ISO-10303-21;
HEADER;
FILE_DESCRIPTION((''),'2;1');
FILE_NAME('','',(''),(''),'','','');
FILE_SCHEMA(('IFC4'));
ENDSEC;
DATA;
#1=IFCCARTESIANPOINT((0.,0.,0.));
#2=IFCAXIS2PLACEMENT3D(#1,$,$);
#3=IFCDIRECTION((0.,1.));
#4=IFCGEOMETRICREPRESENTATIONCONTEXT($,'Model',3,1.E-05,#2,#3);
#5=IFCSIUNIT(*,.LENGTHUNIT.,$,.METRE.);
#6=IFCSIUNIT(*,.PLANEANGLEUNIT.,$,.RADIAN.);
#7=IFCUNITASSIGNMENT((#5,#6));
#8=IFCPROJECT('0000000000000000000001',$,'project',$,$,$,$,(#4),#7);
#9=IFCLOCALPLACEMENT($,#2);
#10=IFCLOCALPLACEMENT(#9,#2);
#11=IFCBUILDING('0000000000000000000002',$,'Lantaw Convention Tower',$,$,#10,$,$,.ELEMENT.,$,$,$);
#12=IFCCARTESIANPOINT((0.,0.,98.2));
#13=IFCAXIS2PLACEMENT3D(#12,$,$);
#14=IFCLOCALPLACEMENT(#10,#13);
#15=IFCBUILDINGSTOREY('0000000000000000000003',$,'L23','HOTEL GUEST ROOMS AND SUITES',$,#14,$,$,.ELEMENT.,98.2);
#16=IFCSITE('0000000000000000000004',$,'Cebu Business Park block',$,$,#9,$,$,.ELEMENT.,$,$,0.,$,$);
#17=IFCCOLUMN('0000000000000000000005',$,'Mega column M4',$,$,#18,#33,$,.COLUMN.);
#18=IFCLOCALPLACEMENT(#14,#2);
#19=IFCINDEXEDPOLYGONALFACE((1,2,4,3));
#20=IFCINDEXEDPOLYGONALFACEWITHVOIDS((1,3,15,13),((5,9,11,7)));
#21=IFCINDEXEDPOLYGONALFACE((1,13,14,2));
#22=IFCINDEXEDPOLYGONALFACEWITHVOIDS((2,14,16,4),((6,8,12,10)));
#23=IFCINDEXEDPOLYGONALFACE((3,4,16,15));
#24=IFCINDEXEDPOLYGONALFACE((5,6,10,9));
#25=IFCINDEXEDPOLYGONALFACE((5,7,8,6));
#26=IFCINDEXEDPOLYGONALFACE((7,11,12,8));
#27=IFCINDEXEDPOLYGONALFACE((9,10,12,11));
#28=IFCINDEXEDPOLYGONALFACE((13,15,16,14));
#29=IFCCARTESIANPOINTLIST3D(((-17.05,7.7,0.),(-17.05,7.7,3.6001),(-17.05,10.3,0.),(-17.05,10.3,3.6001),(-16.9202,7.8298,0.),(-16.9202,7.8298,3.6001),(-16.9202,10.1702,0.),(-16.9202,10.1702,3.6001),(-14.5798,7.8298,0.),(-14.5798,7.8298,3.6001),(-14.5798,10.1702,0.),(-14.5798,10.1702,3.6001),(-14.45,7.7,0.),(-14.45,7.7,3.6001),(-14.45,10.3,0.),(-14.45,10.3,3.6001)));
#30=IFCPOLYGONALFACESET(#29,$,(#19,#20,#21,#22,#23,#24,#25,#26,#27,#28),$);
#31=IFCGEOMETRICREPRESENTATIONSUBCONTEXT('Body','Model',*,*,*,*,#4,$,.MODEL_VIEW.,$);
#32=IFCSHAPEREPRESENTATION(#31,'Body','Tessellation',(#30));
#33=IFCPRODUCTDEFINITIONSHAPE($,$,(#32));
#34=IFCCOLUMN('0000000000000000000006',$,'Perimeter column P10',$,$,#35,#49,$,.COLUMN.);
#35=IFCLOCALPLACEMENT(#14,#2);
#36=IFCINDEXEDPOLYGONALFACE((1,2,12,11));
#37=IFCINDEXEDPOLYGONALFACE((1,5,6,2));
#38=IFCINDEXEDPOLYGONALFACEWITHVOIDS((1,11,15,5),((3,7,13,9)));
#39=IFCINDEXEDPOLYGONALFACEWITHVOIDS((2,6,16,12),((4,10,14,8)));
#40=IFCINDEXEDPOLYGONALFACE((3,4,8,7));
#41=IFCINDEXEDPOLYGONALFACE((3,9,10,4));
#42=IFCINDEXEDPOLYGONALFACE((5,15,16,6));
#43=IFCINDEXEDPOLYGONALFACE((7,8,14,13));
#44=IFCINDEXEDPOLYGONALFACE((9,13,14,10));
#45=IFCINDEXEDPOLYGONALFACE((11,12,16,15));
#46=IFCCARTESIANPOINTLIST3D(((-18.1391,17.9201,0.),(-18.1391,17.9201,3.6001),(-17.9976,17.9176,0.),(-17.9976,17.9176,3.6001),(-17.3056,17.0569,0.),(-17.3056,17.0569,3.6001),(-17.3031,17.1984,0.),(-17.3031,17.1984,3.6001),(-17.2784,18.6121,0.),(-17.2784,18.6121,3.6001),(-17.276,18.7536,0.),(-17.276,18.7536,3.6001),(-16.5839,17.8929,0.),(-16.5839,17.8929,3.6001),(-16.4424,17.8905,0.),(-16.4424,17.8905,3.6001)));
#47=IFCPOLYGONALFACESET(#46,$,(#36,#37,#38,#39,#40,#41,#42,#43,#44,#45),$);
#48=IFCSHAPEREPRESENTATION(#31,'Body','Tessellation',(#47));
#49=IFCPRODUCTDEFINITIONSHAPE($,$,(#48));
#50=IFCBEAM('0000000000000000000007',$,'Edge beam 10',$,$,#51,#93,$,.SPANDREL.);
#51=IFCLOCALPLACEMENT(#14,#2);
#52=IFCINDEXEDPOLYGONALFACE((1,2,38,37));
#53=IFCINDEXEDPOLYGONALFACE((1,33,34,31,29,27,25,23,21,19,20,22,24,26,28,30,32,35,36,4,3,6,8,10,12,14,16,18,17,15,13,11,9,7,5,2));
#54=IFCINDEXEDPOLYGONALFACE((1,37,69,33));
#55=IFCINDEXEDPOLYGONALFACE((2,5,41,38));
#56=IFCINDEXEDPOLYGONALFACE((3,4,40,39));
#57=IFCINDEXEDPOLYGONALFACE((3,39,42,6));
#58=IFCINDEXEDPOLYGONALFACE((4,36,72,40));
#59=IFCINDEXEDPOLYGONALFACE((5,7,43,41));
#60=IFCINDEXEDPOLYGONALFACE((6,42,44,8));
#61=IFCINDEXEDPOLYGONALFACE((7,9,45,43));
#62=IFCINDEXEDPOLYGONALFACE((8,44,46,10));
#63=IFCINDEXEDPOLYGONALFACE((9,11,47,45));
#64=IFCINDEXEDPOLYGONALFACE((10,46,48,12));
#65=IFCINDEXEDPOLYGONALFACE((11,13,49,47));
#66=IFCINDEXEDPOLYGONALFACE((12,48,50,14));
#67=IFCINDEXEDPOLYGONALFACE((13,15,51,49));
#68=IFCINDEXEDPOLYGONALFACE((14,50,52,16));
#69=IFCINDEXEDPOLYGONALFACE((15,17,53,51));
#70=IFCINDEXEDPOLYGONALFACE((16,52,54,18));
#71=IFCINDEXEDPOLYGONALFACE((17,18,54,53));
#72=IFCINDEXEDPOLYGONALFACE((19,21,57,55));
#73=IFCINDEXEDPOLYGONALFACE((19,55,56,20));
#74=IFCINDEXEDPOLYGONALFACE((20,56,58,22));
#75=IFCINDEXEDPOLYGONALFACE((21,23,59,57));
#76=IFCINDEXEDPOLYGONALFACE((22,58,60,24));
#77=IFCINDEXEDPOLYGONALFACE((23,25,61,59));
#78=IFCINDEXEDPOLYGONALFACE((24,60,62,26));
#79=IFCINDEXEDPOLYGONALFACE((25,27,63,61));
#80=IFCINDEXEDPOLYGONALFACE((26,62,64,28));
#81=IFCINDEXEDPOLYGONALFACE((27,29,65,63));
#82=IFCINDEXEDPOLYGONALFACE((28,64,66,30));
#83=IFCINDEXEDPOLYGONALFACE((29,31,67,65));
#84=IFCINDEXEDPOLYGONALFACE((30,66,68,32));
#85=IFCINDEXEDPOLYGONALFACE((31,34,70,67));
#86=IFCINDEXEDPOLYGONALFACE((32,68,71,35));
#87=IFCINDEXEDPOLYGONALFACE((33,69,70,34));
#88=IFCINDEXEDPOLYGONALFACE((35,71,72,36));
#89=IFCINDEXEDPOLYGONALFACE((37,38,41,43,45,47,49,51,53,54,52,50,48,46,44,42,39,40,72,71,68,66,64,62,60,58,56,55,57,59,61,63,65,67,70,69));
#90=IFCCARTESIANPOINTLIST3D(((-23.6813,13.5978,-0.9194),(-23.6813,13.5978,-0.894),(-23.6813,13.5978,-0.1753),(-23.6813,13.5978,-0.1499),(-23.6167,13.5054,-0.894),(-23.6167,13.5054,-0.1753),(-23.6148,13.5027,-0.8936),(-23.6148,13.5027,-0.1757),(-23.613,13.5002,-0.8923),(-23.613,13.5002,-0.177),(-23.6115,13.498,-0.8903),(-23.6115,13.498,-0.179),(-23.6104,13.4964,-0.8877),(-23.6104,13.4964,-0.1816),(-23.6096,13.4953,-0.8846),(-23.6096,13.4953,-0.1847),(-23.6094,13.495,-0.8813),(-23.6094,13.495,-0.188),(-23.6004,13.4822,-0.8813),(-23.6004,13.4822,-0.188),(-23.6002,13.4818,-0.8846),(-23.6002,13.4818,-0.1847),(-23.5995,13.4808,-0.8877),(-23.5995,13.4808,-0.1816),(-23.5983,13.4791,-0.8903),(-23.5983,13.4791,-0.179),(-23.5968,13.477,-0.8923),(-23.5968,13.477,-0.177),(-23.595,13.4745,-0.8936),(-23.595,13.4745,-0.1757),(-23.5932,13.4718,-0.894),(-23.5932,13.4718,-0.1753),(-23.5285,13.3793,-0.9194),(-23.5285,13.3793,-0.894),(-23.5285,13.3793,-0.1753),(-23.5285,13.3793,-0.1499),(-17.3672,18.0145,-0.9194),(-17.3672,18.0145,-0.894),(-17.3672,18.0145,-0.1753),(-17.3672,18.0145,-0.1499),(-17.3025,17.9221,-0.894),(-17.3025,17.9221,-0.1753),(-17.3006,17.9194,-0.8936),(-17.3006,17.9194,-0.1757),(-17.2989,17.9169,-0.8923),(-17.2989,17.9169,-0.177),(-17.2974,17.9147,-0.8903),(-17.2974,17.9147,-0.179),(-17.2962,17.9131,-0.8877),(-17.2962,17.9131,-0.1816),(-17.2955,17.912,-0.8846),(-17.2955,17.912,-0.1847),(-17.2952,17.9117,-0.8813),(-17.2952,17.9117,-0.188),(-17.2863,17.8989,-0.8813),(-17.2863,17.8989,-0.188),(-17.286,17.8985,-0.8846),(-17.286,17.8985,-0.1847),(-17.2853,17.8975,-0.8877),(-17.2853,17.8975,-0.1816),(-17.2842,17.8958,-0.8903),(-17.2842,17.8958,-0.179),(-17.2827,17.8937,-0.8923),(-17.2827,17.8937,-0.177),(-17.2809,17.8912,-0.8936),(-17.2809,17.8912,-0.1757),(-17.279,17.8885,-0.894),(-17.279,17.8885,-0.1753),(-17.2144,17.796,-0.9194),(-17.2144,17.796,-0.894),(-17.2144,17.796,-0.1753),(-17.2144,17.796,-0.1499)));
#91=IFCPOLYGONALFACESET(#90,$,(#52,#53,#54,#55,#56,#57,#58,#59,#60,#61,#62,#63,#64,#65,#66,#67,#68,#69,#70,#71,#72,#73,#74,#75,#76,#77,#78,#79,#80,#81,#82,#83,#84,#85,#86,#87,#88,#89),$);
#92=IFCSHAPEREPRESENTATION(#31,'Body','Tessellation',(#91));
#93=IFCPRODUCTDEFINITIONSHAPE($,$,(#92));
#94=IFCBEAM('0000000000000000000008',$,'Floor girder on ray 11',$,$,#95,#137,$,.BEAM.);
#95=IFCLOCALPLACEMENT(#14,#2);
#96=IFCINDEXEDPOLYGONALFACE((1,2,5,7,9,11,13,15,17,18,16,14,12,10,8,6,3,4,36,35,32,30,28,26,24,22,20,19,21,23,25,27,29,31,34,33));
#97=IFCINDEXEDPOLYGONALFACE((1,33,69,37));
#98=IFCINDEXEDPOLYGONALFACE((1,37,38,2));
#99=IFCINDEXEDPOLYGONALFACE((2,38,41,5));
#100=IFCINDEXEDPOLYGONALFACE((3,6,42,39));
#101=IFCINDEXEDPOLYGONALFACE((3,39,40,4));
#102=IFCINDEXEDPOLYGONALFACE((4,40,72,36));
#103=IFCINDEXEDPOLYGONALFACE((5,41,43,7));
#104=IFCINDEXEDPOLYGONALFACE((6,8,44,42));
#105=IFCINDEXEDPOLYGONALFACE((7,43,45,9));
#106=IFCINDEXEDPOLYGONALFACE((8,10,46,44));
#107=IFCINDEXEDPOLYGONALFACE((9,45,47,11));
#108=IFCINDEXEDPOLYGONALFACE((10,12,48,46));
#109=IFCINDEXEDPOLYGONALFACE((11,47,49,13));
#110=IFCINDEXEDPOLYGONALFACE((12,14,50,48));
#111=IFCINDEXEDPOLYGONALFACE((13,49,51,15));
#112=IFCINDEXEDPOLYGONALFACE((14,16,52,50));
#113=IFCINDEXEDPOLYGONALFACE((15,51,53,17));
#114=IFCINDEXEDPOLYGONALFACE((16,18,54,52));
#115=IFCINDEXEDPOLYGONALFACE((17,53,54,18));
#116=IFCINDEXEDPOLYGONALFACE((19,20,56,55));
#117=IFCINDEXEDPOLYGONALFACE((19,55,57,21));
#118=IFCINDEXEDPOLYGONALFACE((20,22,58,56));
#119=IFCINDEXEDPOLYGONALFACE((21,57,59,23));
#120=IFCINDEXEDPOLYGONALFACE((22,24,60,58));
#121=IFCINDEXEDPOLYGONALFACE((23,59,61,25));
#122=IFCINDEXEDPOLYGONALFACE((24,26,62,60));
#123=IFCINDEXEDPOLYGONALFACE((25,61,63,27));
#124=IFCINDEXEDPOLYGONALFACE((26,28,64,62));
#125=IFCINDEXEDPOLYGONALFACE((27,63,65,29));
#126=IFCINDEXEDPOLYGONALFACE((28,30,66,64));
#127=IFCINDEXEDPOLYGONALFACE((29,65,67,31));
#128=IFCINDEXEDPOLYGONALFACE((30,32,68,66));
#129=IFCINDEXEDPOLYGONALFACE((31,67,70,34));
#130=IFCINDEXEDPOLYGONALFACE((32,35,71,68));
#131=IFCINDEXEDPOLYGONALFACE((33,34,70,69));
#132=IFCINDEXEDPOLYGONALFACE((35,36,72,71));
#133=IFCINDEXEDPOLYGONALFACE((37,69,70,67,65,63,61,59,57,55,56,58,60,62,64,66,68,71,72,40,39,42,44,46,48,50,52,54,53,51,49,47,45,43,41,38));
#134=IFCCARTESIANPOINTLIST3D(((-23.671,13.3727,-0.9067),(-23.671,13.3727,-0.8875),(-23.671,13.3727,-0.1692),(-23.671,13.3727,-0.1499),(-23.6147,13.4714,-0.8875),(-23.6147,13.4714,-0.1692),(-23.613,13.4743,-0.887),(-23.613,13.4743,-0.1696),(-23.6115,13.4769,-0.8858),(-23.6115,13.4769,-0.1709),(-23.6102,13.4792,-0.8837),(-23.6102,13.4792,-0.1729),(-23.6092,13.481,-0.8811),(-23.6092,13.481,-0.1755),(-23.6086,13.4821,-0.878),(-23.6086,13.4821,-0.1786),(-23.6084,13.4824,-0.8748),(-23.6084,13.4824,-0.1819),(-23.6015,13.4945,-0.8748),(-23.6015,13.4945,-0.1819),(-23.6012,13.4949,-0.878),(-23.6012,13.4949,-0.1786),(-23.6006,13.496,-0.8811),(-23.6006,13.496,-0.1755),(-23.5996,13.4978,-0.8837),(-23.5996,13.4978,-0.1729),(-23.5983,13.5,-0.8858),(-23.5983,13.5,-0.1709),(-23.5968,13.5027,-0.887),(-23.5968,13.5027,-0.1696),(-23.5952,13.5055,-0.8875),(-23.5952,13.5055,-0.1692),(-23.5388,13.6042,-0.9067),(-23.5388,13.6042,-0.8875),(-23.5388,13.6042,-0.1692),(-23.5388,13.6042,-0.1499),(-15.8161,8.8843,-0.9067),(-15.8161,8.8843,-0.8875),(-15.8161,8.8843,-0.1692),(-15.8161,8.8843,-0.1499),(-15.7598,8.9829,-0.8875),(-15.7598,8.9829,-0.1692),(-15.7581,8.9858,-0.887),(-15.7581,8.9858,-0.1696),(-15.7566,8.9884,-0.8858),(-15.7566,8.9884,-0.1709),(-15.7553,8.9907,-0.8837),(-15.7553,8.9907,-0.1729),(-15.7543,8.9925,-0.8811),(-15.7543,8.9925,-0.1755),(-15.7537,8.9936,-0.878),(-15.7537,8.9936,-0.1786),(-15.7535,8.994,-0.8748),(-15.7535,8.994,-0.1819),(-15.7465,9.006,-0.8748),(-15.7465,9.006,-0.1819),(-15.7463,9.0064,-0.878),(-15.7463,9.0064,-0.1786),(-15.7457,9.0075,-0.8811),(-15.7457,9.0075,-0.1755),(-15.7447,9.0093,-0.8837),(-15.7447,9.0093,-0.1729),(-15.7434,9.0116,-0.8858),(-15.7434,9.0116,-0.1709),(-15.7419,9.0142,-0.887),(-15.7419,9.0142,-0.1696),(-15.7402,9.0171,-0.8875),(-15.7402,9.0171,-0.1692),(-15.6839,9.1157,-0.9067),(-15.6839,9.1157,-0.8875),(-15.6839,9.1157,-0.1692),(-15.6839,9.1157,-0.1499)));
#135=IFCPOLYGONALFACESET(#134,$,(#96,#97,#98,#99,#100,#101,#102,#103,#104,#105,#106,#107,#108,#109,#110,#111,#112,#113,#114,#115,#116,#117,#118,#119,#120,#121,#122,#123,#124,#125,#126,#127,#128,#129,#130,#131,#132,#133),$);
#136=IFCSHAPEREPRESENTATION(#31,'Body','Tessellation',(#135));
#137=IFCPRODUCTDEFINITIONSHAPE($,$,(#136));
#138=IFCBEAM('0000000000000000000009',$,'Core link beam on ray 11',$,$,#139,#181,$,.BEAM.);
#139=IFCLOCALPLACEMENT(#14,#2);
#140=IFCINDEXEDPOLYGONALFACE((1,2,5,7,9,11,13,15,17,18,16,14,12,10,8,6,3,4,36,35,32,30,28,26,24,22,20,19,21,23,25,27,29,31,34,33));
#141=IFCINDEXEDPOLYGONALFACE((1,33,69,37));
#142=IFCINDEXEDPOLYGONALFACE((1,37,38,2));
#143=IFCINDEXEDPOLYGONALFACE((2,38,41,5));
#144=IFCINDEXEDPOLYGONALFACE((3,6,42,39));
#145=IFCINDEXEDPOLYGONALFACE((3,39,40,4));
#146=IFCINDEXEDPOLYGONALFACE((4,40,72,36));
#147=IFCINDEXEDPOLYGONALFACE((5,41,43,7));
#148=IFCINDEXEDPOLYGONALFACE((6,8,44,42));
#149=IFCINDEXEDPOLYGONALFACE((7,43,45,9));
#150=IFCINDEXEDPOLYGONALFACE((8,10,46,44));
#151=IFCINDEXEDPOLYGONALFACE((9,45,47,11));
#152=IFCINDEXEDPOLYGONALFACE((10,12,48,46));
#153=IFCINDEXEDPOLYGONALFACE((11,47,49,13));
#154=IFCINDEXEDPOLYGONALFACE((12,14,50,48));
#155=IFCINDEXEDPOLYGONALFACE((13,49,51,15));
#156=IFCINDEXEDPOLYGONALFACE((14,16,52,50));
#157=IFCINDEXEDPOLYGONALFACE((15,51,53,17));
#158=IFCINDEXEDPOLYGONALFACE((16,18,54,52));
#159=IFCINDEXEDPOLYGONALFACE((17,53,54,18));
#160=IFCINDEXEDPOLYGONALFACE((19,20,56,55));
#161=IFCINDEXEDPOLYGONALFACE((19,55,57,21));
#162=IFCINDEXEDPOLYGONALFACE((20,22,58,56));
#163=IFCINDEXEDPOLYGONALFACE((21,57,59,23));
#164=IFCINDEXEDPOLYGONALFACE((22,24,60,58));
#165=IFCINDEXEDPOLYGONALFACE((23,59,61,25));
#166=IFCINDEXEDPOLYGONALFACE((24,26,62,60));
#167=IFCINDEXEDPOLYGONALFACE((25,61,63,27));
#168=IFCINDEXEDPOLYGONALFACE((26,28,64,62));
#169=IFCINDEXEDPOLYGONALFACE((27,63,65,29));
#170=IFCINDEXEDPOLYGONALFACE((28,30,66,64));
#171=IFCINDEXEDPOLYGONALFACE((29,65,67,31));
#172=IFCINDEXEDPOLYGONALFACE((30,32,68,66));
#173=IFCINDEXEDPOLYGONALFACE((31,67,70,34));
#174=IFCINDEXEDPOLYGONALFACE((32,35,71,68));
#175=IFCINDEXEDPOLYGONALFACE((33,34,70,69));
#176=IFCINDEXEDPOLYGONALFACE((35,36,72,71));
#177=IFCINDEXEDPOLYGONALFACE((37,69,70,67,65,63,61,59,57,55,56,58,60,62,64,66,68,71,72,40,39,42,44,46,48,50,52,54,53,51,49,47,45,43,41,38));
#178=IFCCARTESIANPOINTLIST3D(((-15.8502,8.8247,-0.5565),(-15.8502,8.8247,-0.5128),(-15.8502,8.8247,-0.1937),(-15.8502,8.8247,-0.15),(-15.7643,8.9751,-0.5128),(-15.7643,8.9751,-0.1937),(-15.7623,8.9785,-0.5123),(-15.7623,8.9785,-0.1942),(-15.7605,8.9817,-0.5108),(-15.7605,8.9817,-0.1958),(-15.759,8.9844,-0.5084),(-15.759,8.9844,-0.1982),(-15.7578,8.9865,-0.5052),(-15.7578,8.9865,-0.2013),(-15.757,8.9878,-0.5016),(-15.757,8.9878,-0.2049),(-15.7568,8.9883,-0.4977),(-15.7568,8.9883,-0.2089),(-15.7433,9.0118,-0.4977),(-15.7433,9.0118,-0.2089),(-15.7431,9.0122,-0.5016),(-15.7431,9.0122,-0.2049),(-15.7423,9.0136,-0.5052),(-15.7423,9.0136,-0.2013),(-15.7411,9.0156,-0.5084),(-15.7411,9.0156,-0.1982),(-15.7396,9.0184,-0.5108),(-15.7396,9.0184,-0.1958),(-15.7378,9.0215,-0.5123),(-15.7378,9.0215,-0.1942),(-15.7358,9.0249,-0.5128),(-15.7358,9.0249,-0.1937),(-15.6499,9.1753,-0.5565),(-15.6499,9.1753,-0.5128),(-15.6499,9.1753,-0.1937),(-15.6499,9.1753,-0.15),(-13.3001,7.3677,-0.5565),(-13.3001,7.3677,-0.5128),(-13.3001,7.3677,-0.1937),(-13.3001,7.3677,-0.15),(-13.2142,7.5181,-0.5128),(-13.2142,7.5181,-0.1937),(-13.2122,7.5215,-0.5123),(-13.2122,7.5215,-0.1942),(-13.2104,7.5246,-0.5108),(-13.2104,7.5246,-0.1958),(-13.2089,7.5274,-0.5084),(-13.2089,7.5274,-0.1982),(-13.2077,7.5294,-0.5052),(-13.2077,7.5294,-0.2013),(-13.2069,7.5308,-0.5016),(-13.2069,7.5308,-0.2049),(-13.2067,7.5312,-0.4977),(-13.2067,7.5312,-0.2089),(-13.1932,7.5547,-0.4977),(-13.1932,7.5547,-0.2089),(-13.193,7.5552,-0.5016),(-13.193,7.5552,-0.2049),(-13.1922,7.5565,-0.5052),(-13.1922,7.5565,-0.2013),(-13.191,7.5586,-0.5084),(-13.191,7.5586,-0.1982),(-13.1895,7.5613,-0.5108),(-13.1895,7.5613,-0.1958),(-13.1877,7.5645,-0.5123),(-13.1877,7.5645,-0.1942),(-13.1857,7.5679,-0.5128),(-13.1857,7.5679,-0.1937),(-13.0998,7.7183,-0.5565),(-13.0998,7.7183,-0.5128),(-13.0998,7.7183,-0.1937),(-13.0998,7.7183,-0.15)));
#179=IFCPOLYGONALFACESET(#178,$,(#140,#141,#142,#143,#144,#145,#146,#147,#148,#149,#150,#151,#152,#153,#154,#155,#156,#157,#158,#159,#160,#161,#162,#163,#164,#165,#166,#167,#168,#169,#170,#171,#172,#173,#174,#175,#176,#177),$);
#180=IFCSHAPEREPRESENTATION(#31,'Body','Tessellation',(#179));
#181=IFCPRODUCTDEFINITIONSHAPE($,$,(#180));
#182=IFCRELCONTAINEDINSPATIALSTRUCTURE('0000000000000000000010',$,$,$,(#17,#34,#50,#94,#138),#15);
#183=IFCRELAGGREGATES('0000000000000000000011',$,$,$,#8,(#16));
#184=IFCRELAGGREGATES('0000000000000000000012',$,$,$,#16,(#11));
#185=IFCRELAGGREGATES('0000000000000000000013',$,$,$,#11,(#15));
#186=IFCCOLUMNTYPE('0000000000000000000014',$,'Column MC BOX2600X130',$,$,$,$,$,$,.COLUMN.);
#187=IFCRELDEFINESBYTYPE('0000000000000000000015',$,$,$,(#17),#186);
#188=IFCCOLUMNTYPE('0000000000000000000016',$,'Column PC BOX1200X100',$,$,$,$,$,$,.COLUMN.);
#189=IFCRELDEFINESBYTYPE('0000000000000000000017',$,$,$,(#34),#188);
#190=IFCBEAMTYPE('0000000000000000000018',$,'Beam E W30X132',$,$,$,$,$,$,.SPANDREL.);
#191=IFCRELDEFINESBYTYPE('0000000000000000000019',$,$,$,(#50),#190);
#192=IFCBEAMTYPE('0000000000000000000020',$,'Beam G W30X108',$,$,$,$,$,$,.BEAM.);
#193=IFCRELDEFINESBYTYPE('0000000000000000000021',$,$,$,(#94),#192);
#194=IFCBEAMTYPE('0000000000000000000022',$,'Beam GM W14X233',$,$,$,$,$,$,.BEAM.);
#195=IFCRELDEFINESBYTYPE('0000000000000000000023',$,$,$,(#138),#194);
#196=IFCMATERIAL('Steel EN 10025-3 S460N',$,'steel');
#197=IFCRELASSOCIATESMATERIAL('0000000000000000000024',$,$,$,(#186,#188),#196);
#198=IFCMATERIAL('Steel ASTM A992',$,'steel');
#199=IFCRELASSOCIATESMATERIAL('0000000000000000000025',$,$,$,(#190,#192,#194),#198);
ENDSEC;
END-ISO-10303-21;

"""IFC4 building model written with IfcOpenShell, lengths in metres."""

from ifc_helpers import new_model, si_unit, direction, frame, origin, origin_2d, place, context, subcontext, project, spatial, rectangle, hollow_rectangle, i_section, extrude, material, material_profile, profile_set, type_object, element, save


model = new_model("IFC4")

# Units and contexts
model_context = context("Model", 3, precision=1e-05, world=origin(), true_north=direction((0.0, 1.0)))
body_context = subcontext(model_context, "Body", "Model", "MODEL_VIEW")
ifc_project = project(units=[si_unit("LENGTHUNIT", "METRE"), si_unit("PLANEANGLEUNIT", "RADIAN")], contexts=[model_context])

# Site, building, storey
site_placement = place(None, origin())
site = spatial("IfcSite", under=ifc_project, at=site_placement, Name="Cebu Business Park block", CompositionType="ELEMENT", RefElevation=0.0)
building_placement = place(site_placement, origin())
building = spatial("IfcBuilding", under=site, at=building_placement, Name="Lantaw Convention Tower", CompositionType="ELEMENT")
storey_placement = place(building_placement, frame((0.0, 0.0, 98.2)))
storey = spatial("IfcBuildingStorey", under=building, at=storey_placement, Name="L23", Description="HOTEL GUEST ROOMS AND SUITES", CompositionType="ELEMENT", Elevation=98.2)

# Columns
ifc_material_1 = material(Name="Steel EN 10025-3 S460N", Category="steel")
ifc_material_profile_1 = material_profile(ifc_material_1, hollow_rectangle(XDim=2.6001, YDim=2.6001, WallThickness=0.1299, at=origin_2d()), Name="BOX2600X130")
ifc_material_2 = material(Name="Concrete C60/75", Category="concrete")
ifc_material_profile_2 = material_profile(ifc_material_2, rectangle(XDim=2.3401, YDim=2.3401, at=origin_2d()), Name="Concrete fill of BOX2600X130")
ifc_profile_set_1 = profile_set([ifc_material_profile_1, ifc_material_profile_2], Name="Steel EN 10025-3 S460N")
column_type_1 = type_object("IfcColumnType", Name="Column MC BOX2600X130", PredefinedType="COLUMN", material=ifc_profile_set_1)
column_1_placement = place(storey_placement, frame((-15.75, 9.0, 0.0), z_axis=(0.0, 0.0, 1.0), x_axis=(1.0, 0.0, 0.0)))
element("IfcColumn", 1, at=column_1_placement, inside=storey, type_object=column_type_1, Name="Mega column M4", PredefinedType="COLUMN", context=body_context, shape_type="SweptSolid", body=[
    extrude(hollow_rectangle(XDim=2.6001, YDim=2.6001, WallThickness=0.1299, at=origin_2d()), origin(), (0.0, 0.0, 1.0), 3.6001),
])
ifc_material_profile_3 = material_profile(ifc_material_1, hollow_rectangle(XDim=1.2, YDim=1.2, WallThickness=0.1001, at=origin_2d()), Name="BOX1200X100")
ifc_material_profile_4 = material_profile(ifc_material_2, rectangle(XDim=1.0, YDim=1.0, at=origin_2d()), Name="Concrete fill of BOX1200X100")
ifc_profile_set_2 = profile_set([ifc_material_profile_3, ifc_material_profile_4], Name="Steel EN 10025-3 S460N")
column_type_2 = type_object("IfcColumnType", Name="Column PC BOX1200X100", PredefinedType="COLUMN", material=ifc_profile_set_2)
column_2_placement = place(storey_placement, frame((-17.2908, 17.9053, 0.0), z_axis=(0.0, 0.0, 1.0), x_axis=(0.71934, 0.694658, 0.0)))
element("IfcColumn", 2, at=column_2_placement, inside=storey, type_object=column_type_2, Name="Perimeter column P10", PredefinedType="COLUMN", context=body_context, shape_type="SweptSolid", body=[
    extrude(hollow_rectangle(XDim=1.2, YDim=1.2, WallThickness=0.1001, at=origin_2d()), origin(), (0.0, 0.0, 1.0), 3.6001),
])

# Beams
ifc_material_3 = material(Name="Steel ASTM A992", Category="steel")
ifc_material_profile_5 = material_profile(ifc_material_3, i_section(OverallWidth=0.2666, OverallDepth=0.7695, WebThickness=0.0156, FlangeThickness=0.0254, FilletRadius=0.0127, at=origin_2d()), Name="W30X132")
ifc_profile_set_3 = profile_set([ifc_material_profile_5], Name="Steel ASTM A992")
beam_type_1 = type_object("IfcBeamType", Name="Beam E W30X132", PredefinedType="SPANDREL", material=ifc_profile_set_3)
beam_1_placement = place(storey_placement, frame((-17.2908, 17.9053, -0.5347), z_axis=(-0.819427, -0.573184, 0.0), x_axis=(0.573184, -0.819427, 0.0)))
element("IfcBeam", 3, at=beam_1_placement, inside=storey, type_object=beam_type_1, Name="Edge beam 10", PredefinedType="SPANDREL", context=body_context, shape_type="SweptSolid", body=[
    extrude(i_section(OverallWidth=0.2666, OverallDepth=0.7695, WebThickness=0.0156, FlangeThickness=0.0254, FilletRadius=0.0127, at=origin_2d()), origin(), (0.0, 0.0, 1.0), 7.7056),
])
ifc_material_profile_6 = material_profile(ifc_material_3, i_section(OverallWidth=0.2666, OverallDepth=0.7568, WebThickness=0.0139, FlangeThickness=0.0193, FilletRadius=0.0127, at=origin_2d()), Name="W30X108")
ifc_profile_set_4 = profile_set([ifc_material_profile_6], Name="Steel ASTM A992")
beam_type_2 = type_object("IfcBeamType", Name="Beam G W30X108", PredefinedType="BEAM", material=ifc_profile_set_4)
beam_2_placement = place(storey_placement, frame((-15.75, 9.0, -0.5283), z_axis=(-0.868245, 0.496136, 0.0), x_axis=(-0.496136, -0.868245, 0.0)))
element("IfcBeam", 4, at=beam_2_placement, inside=storey, type_object=beam_type_2, Name="Floor girder on ray 11", PredefinedType="BEAM", context=body_context, shape_type="SweptSolid", body=[
    extrude(i_section(OverallWidth=0.2666, OverallDepth=0.7568, WebThickness=0.0139, FlangeThickness=0.0193, FilletRadius=0.0127, at=origin_2d()), origin(), (0.0, 0.0, 1.0), 9.0469),
])
ifc_material_profile_7 = material_profile(ifc_material_3, i_section(OverallWidth=0.4038, OverallDepth=0.4065, WebThickness=0.0271, FlangeThickness=0.0437, FilletRadius=0.0151, at=origin_2d()), Name="W14X233")
ifc_profile_set_5 = profile_set([ifc_material_profile_7], Name="Steel ASTM A992")
beam_type_3 = type_object("IfcBeamType", Name="Beam GM W14X233", PredefinedType="BEAM", material=ifc_profile_set_5)
beam_3_placement = place(storey_placement, frame((-13.2, 7.543, -0.3533), z_axis=(-0.868264, 0.496103, 0.0), x_axis=(-0.496103, -0.868264, 0.0)))
element("IfcBeam", 5, at=beam_3_placement, inside=storey, type_object=beam_type_3, Name="Core link beam on ray 11", PredefinedType="BEAM", context=body_context, shape_type="SweptSolid", body=[
    extrude(i_section(OverallWidth=0.4038, OverallDepth=0.4065, WebThickness=0.0271, FlangeThickness=0.0437, FilletRadius=0.0151, at=origin_2d()), origin(), (0.0, 0.0, 1.0), 2.937),
])

save(model, "model.ifc")
